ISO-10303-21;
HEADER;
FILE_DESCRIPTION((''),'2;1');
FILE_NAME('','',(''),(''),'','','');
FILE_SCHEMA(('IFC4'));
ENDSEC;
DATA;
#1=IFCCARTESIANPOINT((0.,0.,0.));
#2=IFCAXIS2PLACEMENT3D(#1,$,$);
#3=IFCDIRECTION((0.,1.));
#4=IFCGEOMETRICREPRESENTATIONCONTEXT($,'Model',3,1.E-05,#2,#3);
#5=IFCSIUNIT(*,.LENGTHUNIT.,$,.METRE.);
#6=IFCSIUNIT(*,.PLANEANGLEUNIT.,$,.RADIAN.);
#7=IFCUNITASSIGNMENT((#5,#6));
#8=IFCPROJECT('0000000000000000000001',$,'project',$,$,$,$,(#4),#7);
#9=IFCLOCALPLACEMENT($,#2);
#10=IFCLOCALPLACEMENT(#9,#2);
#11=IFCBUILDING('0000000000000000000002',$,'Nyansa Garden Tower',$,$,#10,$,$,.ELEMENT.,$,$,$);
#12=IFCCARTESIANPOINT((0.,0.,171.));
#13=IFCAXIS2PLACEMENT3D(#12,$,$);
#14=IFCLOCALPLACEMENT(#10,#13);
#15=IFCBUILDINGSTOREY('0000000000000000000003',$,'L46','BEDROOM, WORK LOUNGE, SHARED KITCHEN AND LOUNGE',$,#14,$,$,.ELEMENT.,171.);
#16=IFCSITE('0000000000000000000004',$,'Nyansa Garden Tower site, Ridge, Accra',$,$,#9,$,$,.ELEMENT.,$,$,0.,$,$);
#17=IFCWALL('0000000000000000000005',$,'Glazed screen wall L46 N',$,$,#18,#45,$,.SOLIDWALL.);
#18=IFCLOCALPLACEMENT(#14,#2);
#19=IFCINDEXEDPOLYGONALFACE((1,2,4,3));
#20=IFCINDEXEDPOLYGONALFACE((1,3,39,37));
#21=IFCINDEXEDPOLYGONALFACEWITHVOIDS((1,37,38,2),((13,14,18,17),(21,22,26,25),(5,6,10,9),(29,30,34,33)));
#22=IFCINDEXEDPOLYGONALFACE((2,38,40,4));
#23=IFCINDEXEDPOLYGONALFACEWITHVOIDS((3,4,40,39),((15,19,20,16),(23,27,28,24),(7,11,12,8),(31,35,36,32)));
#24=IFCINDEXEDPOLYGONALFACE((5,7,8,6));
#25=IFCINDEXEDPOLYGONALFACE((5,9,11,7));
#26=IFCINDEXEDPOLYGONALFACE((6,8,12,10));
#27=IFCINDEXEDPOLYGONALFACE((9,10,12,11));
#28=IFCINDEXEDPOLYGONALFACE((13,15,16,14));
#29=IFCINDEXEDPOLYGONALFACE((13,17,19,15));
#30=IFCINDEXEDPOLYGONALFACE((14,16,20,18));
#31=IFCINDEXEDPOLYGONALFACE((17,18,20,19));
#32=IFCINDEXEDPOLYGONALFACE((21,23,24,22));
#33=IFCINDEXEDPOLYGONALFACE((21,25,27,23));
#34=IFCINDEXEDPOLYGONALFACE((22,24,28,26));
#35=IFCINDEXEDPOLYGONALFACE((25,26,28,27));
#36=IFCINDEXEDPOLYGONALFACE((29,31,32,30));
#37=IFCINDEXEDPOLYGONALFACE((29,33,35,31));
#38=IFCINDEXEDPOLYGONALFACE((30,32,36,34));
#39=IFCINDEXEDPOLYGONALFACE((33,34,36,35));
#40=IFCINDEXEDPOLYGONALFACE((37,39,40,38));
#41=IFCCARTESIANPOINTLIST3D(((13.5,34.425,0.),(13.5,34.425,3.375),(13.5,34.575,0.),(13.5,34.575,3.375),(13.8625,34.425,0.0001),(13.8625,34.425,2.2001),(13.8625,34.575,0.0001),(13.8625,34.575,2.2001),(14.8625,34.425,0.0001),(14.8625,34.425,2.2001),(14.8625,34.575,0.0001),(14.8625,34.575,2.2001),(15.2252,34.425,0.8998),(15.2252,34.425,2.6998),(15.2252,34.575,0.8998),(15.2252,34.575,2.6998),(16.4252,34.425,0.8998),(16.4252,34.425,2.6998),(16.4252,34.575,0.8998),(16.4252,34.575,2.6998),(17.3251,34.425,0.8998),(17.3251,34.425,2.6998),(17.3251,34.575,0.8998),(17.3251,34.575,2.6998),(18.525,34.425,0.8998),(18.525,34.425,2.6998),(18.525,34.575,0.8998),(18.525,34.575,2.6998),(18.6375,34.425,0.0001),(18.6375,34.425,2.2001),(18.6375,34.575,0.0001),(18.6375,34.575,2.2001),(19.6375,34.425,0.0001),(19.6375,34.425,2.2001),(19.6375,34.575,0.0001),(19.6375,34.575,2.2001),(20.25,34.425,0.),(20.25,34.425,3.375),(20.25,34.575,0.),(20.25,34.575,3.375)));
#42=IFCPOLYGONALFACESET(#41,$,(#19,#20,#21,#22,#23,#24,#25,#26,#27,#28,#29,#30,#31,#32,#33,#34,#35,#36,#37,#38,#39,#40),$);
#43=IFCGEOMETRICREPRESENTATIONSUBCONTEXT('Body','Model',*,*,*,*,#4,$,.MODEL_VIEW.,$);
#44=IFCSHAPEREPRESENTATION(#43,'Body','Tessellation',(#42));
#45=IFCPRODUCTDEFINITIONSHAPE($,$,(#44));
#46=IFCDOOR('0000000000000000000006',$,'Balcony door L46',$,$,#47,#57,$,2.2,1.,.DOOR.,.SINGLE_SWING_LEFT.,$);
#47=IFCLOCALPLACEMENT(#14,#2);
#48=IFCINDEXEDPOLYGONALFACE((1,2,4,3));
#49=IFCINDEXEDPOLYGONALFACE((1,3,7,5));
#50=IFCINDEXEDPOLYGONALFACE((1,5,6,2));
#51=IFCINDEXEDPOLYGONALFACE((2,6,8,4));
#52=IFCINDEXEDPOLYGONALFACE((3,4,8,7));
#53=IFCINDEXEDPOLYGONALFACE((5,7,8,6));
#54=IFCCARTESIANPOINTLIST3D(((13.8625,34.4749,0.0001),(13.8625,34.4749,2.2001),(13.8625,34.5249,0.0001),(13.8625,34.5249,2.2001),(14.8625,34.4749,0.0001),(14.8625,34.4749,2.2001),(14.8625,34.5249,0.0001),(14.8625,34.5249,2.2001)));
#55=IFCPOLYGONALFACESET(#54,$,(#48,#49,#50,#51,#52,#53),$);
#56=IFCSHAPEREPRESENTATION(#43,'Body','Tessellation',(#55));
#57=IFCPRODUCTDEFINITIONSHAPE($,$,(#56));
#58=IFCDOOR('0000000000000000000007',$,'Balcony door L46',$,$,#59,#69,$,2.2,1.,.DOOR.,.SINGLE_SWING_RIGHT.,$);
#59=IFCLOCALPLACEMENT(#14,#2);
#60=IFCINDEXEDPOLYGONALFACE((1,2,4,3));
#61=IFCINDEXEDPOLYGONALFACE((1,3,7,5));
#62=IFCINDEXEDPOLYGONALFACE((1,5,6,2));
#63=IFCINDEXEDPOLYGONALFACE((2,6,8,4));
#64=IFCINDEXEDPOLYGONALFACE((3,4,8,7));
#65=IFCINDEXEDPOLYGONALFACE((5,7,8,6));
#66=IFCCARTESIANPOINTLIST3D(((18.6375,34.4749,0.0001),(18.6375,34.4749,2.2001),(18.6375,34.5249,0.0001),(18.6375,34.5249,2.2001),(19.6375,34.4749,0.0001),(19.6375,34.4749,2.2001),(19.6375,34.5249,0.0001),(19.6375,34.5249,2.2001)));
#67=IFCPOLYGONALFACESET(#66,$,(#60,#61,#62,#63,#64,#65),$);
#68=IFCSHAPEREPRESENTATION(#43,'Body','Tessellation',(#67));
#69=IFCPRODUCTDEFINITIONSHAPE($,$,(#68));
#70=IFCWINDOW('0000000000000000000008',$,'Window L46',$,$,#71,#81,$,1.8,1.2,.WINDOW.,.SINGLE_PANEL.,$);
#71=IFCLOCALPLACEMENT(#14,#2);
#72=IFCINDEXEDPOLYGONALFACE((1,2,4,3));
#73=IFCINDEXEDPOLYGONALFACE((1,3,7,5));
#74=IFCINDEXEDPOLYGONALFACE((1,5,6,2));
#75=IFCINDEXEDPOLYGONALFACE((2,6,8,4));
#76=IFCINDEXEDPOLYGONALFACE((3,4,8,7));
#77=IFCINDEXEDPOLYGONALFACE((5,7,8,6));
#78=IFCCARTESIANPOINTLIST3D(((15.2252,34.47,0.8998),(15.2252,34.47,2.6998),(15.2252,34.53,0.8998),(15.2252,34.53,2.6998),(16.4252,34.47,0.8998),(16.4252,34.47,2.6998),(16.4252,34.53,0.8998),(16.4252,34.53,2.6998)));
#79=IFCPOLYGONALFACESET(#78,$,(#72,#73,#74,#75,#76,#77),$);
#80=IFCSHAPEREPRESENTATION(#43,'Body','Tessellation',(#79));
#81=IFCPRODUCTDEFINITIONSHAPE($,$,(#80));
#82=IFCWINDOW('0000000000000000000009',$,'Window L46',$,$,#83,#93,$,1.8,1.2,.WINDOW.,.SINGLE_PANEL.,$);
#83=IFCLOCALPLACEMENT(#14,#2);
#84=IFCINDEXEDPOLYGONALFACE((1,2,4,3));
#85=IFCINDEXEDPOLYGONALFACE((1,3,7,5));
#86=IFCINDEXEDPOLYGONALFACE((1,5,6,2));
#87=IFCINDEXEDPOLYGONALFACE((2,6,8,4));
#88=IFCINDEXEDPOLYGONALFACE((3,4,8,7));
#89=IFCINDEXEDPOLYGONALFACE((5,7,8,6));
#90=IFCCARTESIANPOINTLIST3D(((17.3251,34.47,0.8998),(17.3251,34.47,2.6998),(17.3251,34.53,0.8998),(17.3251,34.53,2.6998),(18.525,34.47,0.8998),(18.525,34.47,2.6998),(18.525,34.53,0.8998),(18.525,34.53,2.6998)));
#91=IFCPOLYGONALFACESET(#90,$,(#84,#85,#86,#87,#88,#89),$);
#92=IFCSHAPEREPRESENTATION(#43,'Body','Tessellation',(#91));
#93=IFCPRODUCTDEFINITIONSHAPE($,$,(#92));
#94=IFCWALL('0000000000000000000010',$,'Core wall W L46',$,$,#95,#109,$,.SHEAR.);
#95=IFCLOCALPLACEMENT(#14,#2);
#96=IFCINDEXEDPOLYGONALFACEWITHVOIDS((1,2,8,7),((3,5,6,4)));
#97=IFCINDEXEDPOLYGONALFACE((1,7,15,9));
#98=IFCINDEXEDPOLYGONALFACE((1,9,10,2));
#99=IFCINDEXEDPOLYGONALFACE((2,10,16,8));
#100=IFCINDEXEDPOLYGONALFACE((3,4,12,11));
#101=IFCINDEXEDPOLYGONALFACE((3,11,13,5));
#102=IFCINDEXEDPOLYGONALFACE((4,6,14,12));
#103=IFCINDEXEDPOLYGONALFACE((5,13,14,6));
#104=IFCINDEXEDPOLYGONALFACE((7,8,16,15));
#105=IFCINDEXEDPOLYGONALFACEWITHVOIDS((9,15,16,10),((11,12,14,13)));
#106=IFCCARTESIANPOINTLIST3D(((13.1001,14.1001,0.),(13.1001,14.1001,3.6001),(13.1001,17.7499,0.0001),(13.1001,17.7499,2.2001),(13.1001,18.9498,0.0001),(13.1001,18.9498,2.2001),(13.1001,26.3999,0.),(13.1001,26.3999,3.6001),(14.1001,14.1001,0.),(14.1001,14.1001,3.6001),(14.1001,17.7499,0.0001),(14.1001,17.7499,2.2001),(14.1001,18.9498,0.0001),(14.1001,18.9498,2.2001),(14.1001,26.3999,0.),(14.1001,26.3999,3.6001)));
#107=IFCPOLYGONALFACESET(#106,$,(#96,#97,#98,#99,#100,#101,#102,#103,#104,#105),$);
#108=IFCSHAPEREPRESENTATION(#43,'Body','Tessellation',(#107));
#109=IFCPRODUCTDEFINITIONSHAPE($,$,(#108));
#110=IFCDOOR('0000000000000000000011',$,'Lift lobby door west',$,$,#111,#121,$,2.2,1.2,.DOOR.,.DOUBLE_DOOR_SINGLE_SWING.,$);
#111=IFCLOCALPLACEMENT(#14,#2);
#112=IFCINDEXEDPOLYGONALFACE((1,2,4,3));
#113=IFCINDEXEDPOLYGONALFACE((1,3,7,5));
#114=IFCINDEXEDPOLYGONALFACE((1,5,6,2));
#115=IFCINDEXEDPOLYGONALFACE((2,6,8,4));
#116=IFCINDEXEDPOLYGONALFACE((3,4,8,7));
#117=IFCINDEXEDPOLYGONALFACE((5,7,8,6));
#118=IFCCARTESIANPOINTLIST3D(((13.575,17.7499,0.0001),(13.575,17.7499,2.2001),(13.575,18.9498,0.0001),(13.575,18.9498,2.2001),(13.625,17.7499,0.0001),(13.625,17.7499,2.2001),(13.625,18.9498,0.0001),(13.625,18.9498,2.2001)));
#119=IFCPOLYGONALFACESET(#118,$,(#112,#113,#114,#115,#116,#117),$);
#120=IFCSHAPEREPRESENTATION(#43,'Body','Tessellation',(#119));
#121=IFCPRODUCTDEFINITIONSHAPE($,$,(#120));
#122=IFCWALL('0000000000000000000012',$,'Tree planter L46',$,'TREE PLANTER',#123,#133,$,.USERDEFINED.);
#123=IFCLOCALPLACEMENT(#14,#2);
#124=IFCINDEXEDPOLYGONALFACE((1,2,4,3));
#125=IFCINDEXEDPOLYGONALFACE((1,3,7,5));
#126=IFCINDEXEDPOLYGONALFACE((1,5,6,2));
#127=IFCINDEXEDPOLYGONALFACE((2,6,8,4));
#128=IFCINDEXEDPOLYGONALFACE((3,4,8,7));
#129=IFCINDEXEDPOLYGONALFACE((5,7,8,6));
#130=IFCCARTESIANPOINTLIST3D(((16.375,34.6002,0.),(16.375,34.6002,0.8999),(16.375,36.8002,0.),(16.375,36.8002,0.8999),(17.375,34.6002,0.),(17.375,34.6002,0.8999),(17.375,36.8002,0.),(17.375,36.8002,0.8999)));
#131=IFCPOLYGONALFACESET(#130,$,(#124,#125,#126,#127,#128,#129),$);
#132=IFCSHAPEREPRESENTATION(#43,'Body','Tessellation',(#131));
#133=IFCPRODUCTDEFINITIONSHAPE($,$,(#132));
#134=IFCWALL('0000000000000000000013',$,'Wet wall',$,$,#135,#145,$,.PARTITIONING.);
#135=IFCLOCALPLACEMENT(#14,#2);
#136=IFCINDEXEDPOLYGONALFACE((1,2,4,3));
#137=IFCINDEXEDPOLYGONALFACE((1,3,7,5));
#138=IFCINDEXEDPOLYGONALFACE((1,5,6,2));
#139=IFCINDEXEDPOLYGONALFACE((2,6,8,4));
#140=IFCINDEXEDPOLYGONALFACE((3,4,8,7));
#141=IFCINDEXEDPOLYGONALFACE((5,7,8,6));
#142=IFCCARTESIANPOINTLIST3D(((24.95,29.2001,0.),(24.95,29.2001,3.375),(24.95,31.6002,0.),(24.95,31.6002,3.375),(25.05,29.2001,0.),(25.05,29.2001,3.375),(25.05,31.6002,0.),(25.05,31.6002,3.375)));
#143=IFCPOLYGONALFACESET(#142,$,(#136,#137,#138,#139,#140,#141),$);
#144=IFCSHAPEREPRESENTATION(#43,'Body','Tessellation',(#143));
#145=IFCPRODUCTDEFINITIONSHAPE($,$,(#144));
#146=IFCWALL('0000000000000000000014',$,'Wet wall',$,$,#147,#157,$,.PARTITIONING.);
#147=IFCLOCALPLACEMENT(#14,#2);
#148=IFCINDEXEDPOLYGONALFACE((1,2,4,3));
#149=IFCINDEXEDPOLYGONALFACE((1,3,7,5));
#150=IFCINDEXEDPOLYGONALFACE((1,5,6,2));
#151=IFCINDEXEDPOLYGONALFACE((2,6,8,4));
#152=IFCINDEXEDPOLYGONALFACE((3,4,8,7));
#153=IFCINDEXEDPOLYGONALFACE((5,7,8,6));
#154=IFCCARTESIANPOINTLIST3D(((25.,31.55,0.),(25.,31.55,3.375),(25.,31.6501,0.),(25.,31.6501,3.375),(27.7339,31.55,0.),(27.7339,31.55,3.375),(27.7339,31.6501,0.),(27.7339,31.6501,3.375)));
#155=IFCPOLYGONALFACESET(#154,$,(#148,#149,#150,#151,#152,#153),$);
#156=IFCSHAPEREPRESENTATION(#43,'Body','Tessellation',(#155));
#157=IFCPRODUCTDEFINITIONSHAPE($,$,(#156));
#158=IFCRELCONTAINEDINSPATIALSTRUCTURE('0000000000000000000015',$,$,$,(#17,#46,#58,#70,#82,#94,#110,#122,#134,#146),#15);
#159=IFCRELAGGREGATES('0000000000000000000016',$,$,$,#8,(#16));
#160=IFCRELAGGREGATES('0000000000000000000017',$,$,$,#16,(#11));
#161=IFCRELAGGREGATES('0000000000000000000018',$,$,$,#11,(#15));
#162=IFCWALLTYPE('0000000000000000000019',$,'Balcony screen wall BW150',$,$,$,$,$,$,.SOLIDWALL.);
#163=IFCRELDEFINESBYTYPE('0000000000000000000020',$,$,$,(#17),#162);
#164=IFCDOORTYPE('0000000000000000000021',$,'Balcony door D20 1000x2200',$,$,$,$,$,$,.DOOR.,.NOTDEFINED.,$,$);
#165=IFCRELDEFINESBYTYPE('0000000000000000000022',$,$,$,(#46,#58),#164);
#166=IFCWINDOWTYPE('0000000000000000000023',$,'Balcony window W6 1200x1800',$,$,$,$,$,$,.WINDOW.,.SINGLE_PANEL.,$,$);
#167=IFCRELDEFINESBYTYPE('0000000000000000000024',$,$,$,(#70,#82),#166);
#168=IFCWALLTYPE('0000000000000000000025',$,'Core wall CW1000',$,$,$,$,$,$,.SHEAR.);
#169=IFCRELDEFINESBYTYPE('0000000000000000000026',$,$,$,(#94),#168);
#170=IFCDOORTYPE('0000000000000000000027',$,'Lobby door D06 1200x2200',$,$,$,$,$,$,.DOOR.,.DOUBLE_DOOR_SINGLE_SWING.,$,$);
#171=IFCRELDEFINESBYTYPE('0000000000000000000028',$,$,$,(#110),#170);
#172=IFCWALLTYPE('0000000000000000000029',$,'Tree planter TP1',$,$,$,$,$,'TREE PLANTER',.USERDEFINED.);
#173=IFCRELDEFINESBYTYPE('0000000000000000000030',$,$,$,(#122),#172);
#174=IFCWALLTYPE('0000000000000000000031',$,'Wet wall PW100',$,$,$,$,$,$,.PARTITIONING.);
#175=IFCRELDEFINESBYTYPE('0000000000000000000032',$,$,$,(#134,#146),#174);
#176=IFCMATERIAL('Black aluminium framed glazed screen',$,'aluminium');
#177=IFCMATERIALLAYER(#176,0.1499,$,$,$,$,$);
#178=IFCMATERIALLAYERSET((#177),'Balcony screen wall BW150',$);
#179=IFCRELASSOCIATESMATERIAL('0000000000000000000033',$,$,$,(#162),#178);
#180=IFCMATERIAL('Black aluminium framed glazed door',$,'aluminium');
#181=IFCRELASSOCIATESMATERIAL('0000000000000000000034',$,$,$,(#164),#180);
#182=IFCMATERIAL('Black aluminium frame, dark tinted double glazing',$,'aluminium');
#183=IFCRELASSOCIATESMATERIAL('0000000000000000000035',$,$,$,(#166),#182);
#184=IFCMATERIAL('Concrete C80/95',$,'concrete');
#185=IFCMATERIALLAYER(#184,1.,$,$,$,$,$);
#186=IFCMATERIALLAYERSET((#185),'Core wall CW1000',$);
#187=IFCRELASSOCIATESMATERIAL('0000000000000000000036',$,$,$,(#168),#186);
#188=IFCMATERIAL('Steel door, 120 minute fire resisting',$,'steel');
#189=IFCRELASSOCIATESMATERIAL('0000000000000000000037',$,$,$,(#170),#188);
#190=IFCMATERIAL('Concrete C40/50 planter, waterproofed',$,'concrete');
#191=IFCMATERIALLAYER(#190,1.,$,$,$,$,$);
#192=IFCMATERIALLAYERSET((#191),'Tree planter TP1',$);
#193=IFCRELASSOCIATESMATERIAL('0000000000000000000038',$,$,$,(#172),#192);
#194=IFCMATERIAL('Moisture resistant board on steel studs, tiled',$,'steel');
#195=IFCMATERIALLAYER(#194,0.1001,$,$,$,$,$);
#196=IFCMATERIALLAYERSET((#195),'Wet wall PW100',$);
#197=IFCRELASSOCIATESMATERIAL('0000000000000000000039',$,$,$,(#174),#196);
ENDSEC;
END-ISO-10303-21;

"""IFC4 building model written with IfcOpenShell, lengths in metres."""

from ifc_helpers import new_model, si_unit, direction, frame, frame_2d, origin, place, context, subcontext, project, spatial, rectangle, extrude, material, layer, layer_set, type_object, element, fill, save


model = new_model("IFC4")

# Units and contexts
model_context = context("Model", 3, precision=1e-05, world=origin(), true_north=direction((0.0, 1.0)))
body_context = subcontext(model_context, "Body", "Model", "MODEL_VIEW")
ifc_project = project(units=[si_unit("LENGTHUNIT", "METRE"), si_unit("PLANEANGLEUNIT", "RADIAN")], contexts=[model_context])

# Site, building, storey
site_placement = place(None, origin())
site = spatial("IfcSite", under=ifc_project, at=site_placement, Name="Nyansa Garden Tower site, Ridge, Accra", CompositionType="ELEMENT", RefElevation=0.0)
building_placement = place(site_placement, origin())
building = spatial("IfcBuilding", under=site, at=building_placement, Name="Nyansa Garden Tower", CompositionType="ELEMENT")
storey_placement = place(building_placement, frame((0.0, 0.0, 171.0)))
storey = spatial("IfcBuildingStorey", under=building, at=storey_placement, Name="L46", Description="BEDROOM, WORK LOUNGE, SHARED KITCHEN AND LOUNGE", CompositionType="ELEMENT", Elevation=171.0)

# Wall, openings, doors, windows
ifc_material_1 = material(Name="Black aluminium framed glazed screen", Category="aluminium")
ifc_layer_1 = layer(ifc_material_1, 0.1499)
ifc_layer_set_1 = layer_set([ifc_layer_1], Name="Balcony screen wall BW150")
wall_type_1 = type_object("IfcWallType", Name="Balcony screen wall BW150", PredefinedType="SOLIDWALL", material=ifc_layer_set_1)
wall_1_placement = place(storey_placement, frame((13.5, 34.5, 0.0), z_axis=(0.0, 0.0, 1.0), x_axis=(1.0, 0.0, 0.0)))
wall_1 = element("IfcWall", 1, at=wall_1_placement, inside=storey, type_object=wall_type_1, Name="Glazed screen wall L46 N", PredefinedType="SOLIDWALL", context=body_context, shape_type="SweptSolid", body=[
    extrude(rectangle(XDim=6.75, YDim=0.1499, at=frame_2d((3.375, 0.0))), origin(), (0.0, 0.0, 1.0), 3.375),
])
opening_1_placement = place(wall_1_placement, frame((0.3625, 0.0, 0.0)))
opening_1 = element("IfcOpeningElement", 2, at=opening_1_placement, cuts=wall_1, PredefinedType="OPENING", context=body_context, shape_type="SweptSolid", body=[
    extrude(rectangle(XDim=1.0, YDim=2.2, at=frame_2d((0.5, 1.1001))), frame((0.0, 0.085, 0.0), z_axis=(0.0, -1.0, 0.0), x_axis=(1.0, 0.0, 0.0)), (0.0, 0.0, 1.0), 0.1699),
])
opening_2_placement = place(wall_1_placement, frame((1.7251, 0.0, 0.8999)))
opening_2 = element("IfcOpeningElement", 3, at=opening_2_placement, cuts=wall_1, PredefinedType="OPENING", context=body_context, shape_type="SweptSolid", body=[
    extrude(rectangle(XDim=1.2, YDim=1.8, at=frame_2d((0.6001, 0.8999))), frame((0.0, 0.085, 0.0), z_axis=(0.0, -1.0, 0.0), x_axis=(1.0, 0.0, 0.0)), (0.0, 0.0, 1.0), 0.1699),
])
opening_3_placement = place(wall_1_placement, frame((5.1375, 0.0, 0.0)))
opening_3 = element("IfcOpeningElement", 4, at=opening_3_placement, cuts=wall_1, PredefinedType="OPENING", context=body_context, shape_type="SweptSolid", body=[
    extrude(rectangle(XDim=1.0, YDim=2.2, at=frame_2d((0.5, 1.1001))), frame((0.0, 0.085, 0.0), z_axis=(0.0, -1.0, 0.0), x_axis=(1.0, 0.0, 0.0)), (0.0, 0.0, 1.0), 0.1699),
])
opening_4_placement = place(wall_1_placement, frame((3.825, 0.0, 0.8999)))
opening_4 = element("IfcOpeningElement", 5, at=opening_4_placement, cuts=wall_1, PredefinedType="OPENING", context=body_context, shape_type="SweptSolid", body=[
    extrude(rectangle(XDim=1.2, YDim=1.8, at=frame_2d((0.6001, 0.8999))), frame((0.0, 0.085, 0.0), z_axis=(0.0, -1.0, 0.0), x_axis=(1.0, 0.0, 0.0)), (0.0, 0.0, 1.0), 0.1699),
])
ifc_material_2 = material(Name="Black aluminium framed glazed door", Category="aluminium")
door_type_1 = type_object("IfcDoorType", Name="Balcony door D20 1000x2200", OperationType="NOTDEFINED", PredefinedType="DOOR", material=ifc_material_2)
door_1_placement = place(opening_1_placement, origin())
door_1 = element("IfcDoor", 6, at=door_1_placement, inside=storey, type_object=door_type_1, Name="Balcony door L46", OperationType="SINGLE_SWING_LEFT", OverallHeight=2.2, OverallWidth=1.0, PredefinedType="DOOR", context=body_context, shape_type="SweptSolid", body=[
    extrude(rectangle(XDim=1.0, YDim=2.2, at=frame_2d((0.5, 1.1001))), frame((0.0, 0.0249, 0.0), z_axis=(0.0, -1.0, 0.0), x_axis=(1.0, 0.0, 0.0)), (0.0, 0.0, 1.0), 0.05),
])
fill(opening_1, door_1)
door_2_placement = place(opening_3_placement, origin())
door_2 = element("IfcDoor", 7, at=door_2_placement, inside=storey, type_object=door_type_1, Name="Balcony door L46", OperationType="SINGLE_SWING_RIGHT", OverallHeight=2.2, OverallWidth=1.0, PredefinedType="DOOR", context=body_context, shape_type="SweptSolid", body=[
    extrude(rectangle(XDim=1.0, YDim=2.2, at=frame_2d((0.5, 1.1001))), frame((0.0, 0.0249, 0.0), z_axis=(0.0, -1.0, 0.0), x_axis=(1.0, 0.0, 0.0)), (0.0, 0.0, 1.0), 0.05),
])
fill(opening_3, door_2)
ifc_material_3 = material(Name="Black aluminium frame, dark tinted double glazing", Category="aluminium")
window_type = type_object("IfcWindowType", Name="Balcony window W6 1200x1800", PartitioningType="SINGLE_PANEL", PredefinedType="WINDOW", material=ifc_material_3)
window_1_placement = place(opening_2_placement, origin())
window_1 = element("IfcWindow", 8, at=window_1_placement, inside=storey, type_object=window_type, Name="Window L46", OverallHeight=1.8, OverallWidth=1.2, PartitioningType="SINGLE_PANEL", PredefinedType="WINDOW", context=body_context, shape_type="SweptSolid", body=[
    extrude(rectangle(XDim=1.2, YDim=1.8, at=frame_2d((0.6001, 0.8999))), frame((0.0, 0.03, 0.0), z_axis=(0.0, -1.0, 0.0), x_axis=(1.0, 0.0, 0.0)), (0.0, 0.0, 1.0), 0.0601),
])
fill(opening_2, window_1)
window_2_placement = place(opening_4_placement, origin())
window_2 = element("IfcWindow", 9, at=window_2_placement, inside=storey, type_object=window_type, Name="Window L46", OverallHeight=1.8, OverallWidth=1.2, PartitioningType="SINGLE_PANEL", PredefinedType="WINDOW", context=body_context, shape_type="SweptSolid", body=[
    extrude(rectangle(XDim=1.2, YDim=1.8, at=frame_2d((0.6001, 0.8999))), frame((0.0, 0.03, 0.0), z_axis=(0.0, -1.0, 0.0), x_axis=(1.0, 0.0, 0.0)), (0.0, 0.0, 1.0), 0.0601),
])
fill(opening_4, window_2)

# Wall, opening, door
ifc_material_4 = material(Name="Concrete C80/95", Category="concrete")
ifc_layer_2 = layer(ifc_material_4, 1.0)
ifc_layer_set_2 = layer_set([ifc_layer_2], Name="Core wall CW1000")
wall_type_2 = type_object("IfcWallType", Name="Core wall CW1000", PredefinedType="SHEAR", material=ifc_layer_set_2)
wall_2_placement = place(storey_placement, frame((13.6001, 26.3999, 0.0), z_axis=(0.0, 0.0, 1.0), x_axis=(0.0, -1.0, 0.0)))
wall_2 = element("IfcWall", 10, at=wall_2_placement, inside=storey, type_object=wall_type_2, Name="Core wall W L46", PredefinedType="SHEAR", context=body_context, shape_type="SweptSolid", body=[
    extrude(rectangle(XDim=12.2998, YDim=1.0, at=frame_2d((6.1499, 0.0))), origin(), (0.0, 0.0, 1.0), 3.6001),
])
opening_5_placement = place(wall_2_placement, frame((7.45, 0.0, 0.0)))
opening_5 = element("IfcOpeningElement", 11, at=opening_5_placement, cuts=wall_2, PredefinedType="OPENING", context=body_context, shape_type="SweptSolid", body=[
    extrude(rectangle(XDim=1.2, YDim=2.2, at=frame_2d((0.6001, 1.1001))), frame((0.0, 0.51, 0.0), z_axis=(0.0, -1.0, 0.0), x_axis=(1.0, 0.0, 0.0)), (0.0, 0.0, 1.0), 1.02),
])
ifc_material_5 = material(Name="Steel door, 120 minute fire resisting", Category="steel")
door_type_2 = type_object("IfcDoorType", Name="Lobby door D06 1200x2200", OperationType="DOUBLE_DOOR_SINGLE_SWING", PredefinedType="DOOR", material=ifc_material_5)
door_3_placement = place(opening_5_placement, origin())
door_3 = element("IfcDoor", 12, at=door_3_placement, inside=storey, type_object=door_type_2, Name="Lift lobby door west", OperationType="DOUBLE_DOOR_SINGLE_SWING", OverallHeight=2.2, OverallWidth=1.2, PredefinedType="DOOR", context=body_context, shape_type="SweptSolid", body=[
    extrude(rectangle(XDim=1.2, YDim=2.2, at=frame_2d((0.6001, 1.1001))), frame((0.0, 0.0249, 0.0), z_axis=(0.0, -1.0, 0.0), x_axis=(1.0, 0.0, 0.0)), (0.0, 0.0, 1.0), 0.05),
])
fill(opening_5, door_3)

# Walls
ifc_material_6 = material(Name="Concrete C40/50 planter, waterproofed", Category="concrete")
ifc_layer_3 = layer(ifc_material_6, 1.0)
ifc_layer_set_3 = layer_set([ifc_layer_3], Name="Tree planter TP1")
wall_type_3 = type_object("IfcWallType", Name="Tree planter TP1", ElementType="TREE PLANTER", PredefinedType="USERDEFINED", material=ifc_layer_set_3)
wall_3_placement = place(storey_placement, frame((16.875, 34.6001, 0.0), z_axis=(0.0, 0.0, 1.0), x_axis=(0.0, 1.0, 0.0)))
element("IfcWall", 13, at=wall_3_placement, inside=storey, type_object=wall_type_3, Name="Tree planter L46", ObjectType="TREE PLANTER", PredefinedType="USERDEFINED", context=body_context, shape_type="SweptSolid", body=[
    extrude(rectangle(XDim=2.2, YDim=1.0, at=frame_2d((1.1001, 0.0))), origin(), (0.0, 0.0, 1.0), 0.8999),
])
ifc_material_7 = material(Name="Moisture resistant board on steel studs, tiled", Category="steel")
ifc_layer_4 = layer(ifc_material_7, 0.1001)
ifc_layer_set_4 = layer_set([ifc_layer_4], Name="Wet wall PW100")
wall_type_4 = type_object("IfcWallType", Name="Wet wall PW100", PredefinedType="PARTITIONING", material=ifc_layer_set_4)
wall_4_placement = place(storey_placement, frame((25.0, 29.2, 0.0), z_axis=(0.0, 0.0, 1.0), x_axis=(0.0, 1.0, 0.0)))
element("IfcWall", 14, at=wall_4_placement, inside=storey, type_object=wall_type_4, Name="Wet wall", PredefinedType="PARTITIONING", context=body_context, shape_type="SweptSolid", body=[
    extrude(rectangle(XDim=2.4001, YDim=0.1001, at=frame_2d((1.2002, 0.0))), origin(), (0.0, 0.0, 1.0), 3.375),
])
wall_5_placement = place(storey_placement, frame((25.0, 31.6001, 0.0), z_axis=(0.0, 0.0, 1.0), x_axis=(1.0, 0.0, 0.0)))
element("IfcWall", 15, at=wall_5_placement, inside=storey, type_object=wall_type_4, Name="Wet wall", PredefinedType="PARTITIONING", context=body_context, shape_type="SweptSolid", body=[
    extrude(rectangle(XDim=2.7339, YDim=0.1001, at=frame_2d((1.3669, 0.0))), origin(), (0.0, 0.0, 1.0), 3.375),
])

save(model, "model.ifc")
